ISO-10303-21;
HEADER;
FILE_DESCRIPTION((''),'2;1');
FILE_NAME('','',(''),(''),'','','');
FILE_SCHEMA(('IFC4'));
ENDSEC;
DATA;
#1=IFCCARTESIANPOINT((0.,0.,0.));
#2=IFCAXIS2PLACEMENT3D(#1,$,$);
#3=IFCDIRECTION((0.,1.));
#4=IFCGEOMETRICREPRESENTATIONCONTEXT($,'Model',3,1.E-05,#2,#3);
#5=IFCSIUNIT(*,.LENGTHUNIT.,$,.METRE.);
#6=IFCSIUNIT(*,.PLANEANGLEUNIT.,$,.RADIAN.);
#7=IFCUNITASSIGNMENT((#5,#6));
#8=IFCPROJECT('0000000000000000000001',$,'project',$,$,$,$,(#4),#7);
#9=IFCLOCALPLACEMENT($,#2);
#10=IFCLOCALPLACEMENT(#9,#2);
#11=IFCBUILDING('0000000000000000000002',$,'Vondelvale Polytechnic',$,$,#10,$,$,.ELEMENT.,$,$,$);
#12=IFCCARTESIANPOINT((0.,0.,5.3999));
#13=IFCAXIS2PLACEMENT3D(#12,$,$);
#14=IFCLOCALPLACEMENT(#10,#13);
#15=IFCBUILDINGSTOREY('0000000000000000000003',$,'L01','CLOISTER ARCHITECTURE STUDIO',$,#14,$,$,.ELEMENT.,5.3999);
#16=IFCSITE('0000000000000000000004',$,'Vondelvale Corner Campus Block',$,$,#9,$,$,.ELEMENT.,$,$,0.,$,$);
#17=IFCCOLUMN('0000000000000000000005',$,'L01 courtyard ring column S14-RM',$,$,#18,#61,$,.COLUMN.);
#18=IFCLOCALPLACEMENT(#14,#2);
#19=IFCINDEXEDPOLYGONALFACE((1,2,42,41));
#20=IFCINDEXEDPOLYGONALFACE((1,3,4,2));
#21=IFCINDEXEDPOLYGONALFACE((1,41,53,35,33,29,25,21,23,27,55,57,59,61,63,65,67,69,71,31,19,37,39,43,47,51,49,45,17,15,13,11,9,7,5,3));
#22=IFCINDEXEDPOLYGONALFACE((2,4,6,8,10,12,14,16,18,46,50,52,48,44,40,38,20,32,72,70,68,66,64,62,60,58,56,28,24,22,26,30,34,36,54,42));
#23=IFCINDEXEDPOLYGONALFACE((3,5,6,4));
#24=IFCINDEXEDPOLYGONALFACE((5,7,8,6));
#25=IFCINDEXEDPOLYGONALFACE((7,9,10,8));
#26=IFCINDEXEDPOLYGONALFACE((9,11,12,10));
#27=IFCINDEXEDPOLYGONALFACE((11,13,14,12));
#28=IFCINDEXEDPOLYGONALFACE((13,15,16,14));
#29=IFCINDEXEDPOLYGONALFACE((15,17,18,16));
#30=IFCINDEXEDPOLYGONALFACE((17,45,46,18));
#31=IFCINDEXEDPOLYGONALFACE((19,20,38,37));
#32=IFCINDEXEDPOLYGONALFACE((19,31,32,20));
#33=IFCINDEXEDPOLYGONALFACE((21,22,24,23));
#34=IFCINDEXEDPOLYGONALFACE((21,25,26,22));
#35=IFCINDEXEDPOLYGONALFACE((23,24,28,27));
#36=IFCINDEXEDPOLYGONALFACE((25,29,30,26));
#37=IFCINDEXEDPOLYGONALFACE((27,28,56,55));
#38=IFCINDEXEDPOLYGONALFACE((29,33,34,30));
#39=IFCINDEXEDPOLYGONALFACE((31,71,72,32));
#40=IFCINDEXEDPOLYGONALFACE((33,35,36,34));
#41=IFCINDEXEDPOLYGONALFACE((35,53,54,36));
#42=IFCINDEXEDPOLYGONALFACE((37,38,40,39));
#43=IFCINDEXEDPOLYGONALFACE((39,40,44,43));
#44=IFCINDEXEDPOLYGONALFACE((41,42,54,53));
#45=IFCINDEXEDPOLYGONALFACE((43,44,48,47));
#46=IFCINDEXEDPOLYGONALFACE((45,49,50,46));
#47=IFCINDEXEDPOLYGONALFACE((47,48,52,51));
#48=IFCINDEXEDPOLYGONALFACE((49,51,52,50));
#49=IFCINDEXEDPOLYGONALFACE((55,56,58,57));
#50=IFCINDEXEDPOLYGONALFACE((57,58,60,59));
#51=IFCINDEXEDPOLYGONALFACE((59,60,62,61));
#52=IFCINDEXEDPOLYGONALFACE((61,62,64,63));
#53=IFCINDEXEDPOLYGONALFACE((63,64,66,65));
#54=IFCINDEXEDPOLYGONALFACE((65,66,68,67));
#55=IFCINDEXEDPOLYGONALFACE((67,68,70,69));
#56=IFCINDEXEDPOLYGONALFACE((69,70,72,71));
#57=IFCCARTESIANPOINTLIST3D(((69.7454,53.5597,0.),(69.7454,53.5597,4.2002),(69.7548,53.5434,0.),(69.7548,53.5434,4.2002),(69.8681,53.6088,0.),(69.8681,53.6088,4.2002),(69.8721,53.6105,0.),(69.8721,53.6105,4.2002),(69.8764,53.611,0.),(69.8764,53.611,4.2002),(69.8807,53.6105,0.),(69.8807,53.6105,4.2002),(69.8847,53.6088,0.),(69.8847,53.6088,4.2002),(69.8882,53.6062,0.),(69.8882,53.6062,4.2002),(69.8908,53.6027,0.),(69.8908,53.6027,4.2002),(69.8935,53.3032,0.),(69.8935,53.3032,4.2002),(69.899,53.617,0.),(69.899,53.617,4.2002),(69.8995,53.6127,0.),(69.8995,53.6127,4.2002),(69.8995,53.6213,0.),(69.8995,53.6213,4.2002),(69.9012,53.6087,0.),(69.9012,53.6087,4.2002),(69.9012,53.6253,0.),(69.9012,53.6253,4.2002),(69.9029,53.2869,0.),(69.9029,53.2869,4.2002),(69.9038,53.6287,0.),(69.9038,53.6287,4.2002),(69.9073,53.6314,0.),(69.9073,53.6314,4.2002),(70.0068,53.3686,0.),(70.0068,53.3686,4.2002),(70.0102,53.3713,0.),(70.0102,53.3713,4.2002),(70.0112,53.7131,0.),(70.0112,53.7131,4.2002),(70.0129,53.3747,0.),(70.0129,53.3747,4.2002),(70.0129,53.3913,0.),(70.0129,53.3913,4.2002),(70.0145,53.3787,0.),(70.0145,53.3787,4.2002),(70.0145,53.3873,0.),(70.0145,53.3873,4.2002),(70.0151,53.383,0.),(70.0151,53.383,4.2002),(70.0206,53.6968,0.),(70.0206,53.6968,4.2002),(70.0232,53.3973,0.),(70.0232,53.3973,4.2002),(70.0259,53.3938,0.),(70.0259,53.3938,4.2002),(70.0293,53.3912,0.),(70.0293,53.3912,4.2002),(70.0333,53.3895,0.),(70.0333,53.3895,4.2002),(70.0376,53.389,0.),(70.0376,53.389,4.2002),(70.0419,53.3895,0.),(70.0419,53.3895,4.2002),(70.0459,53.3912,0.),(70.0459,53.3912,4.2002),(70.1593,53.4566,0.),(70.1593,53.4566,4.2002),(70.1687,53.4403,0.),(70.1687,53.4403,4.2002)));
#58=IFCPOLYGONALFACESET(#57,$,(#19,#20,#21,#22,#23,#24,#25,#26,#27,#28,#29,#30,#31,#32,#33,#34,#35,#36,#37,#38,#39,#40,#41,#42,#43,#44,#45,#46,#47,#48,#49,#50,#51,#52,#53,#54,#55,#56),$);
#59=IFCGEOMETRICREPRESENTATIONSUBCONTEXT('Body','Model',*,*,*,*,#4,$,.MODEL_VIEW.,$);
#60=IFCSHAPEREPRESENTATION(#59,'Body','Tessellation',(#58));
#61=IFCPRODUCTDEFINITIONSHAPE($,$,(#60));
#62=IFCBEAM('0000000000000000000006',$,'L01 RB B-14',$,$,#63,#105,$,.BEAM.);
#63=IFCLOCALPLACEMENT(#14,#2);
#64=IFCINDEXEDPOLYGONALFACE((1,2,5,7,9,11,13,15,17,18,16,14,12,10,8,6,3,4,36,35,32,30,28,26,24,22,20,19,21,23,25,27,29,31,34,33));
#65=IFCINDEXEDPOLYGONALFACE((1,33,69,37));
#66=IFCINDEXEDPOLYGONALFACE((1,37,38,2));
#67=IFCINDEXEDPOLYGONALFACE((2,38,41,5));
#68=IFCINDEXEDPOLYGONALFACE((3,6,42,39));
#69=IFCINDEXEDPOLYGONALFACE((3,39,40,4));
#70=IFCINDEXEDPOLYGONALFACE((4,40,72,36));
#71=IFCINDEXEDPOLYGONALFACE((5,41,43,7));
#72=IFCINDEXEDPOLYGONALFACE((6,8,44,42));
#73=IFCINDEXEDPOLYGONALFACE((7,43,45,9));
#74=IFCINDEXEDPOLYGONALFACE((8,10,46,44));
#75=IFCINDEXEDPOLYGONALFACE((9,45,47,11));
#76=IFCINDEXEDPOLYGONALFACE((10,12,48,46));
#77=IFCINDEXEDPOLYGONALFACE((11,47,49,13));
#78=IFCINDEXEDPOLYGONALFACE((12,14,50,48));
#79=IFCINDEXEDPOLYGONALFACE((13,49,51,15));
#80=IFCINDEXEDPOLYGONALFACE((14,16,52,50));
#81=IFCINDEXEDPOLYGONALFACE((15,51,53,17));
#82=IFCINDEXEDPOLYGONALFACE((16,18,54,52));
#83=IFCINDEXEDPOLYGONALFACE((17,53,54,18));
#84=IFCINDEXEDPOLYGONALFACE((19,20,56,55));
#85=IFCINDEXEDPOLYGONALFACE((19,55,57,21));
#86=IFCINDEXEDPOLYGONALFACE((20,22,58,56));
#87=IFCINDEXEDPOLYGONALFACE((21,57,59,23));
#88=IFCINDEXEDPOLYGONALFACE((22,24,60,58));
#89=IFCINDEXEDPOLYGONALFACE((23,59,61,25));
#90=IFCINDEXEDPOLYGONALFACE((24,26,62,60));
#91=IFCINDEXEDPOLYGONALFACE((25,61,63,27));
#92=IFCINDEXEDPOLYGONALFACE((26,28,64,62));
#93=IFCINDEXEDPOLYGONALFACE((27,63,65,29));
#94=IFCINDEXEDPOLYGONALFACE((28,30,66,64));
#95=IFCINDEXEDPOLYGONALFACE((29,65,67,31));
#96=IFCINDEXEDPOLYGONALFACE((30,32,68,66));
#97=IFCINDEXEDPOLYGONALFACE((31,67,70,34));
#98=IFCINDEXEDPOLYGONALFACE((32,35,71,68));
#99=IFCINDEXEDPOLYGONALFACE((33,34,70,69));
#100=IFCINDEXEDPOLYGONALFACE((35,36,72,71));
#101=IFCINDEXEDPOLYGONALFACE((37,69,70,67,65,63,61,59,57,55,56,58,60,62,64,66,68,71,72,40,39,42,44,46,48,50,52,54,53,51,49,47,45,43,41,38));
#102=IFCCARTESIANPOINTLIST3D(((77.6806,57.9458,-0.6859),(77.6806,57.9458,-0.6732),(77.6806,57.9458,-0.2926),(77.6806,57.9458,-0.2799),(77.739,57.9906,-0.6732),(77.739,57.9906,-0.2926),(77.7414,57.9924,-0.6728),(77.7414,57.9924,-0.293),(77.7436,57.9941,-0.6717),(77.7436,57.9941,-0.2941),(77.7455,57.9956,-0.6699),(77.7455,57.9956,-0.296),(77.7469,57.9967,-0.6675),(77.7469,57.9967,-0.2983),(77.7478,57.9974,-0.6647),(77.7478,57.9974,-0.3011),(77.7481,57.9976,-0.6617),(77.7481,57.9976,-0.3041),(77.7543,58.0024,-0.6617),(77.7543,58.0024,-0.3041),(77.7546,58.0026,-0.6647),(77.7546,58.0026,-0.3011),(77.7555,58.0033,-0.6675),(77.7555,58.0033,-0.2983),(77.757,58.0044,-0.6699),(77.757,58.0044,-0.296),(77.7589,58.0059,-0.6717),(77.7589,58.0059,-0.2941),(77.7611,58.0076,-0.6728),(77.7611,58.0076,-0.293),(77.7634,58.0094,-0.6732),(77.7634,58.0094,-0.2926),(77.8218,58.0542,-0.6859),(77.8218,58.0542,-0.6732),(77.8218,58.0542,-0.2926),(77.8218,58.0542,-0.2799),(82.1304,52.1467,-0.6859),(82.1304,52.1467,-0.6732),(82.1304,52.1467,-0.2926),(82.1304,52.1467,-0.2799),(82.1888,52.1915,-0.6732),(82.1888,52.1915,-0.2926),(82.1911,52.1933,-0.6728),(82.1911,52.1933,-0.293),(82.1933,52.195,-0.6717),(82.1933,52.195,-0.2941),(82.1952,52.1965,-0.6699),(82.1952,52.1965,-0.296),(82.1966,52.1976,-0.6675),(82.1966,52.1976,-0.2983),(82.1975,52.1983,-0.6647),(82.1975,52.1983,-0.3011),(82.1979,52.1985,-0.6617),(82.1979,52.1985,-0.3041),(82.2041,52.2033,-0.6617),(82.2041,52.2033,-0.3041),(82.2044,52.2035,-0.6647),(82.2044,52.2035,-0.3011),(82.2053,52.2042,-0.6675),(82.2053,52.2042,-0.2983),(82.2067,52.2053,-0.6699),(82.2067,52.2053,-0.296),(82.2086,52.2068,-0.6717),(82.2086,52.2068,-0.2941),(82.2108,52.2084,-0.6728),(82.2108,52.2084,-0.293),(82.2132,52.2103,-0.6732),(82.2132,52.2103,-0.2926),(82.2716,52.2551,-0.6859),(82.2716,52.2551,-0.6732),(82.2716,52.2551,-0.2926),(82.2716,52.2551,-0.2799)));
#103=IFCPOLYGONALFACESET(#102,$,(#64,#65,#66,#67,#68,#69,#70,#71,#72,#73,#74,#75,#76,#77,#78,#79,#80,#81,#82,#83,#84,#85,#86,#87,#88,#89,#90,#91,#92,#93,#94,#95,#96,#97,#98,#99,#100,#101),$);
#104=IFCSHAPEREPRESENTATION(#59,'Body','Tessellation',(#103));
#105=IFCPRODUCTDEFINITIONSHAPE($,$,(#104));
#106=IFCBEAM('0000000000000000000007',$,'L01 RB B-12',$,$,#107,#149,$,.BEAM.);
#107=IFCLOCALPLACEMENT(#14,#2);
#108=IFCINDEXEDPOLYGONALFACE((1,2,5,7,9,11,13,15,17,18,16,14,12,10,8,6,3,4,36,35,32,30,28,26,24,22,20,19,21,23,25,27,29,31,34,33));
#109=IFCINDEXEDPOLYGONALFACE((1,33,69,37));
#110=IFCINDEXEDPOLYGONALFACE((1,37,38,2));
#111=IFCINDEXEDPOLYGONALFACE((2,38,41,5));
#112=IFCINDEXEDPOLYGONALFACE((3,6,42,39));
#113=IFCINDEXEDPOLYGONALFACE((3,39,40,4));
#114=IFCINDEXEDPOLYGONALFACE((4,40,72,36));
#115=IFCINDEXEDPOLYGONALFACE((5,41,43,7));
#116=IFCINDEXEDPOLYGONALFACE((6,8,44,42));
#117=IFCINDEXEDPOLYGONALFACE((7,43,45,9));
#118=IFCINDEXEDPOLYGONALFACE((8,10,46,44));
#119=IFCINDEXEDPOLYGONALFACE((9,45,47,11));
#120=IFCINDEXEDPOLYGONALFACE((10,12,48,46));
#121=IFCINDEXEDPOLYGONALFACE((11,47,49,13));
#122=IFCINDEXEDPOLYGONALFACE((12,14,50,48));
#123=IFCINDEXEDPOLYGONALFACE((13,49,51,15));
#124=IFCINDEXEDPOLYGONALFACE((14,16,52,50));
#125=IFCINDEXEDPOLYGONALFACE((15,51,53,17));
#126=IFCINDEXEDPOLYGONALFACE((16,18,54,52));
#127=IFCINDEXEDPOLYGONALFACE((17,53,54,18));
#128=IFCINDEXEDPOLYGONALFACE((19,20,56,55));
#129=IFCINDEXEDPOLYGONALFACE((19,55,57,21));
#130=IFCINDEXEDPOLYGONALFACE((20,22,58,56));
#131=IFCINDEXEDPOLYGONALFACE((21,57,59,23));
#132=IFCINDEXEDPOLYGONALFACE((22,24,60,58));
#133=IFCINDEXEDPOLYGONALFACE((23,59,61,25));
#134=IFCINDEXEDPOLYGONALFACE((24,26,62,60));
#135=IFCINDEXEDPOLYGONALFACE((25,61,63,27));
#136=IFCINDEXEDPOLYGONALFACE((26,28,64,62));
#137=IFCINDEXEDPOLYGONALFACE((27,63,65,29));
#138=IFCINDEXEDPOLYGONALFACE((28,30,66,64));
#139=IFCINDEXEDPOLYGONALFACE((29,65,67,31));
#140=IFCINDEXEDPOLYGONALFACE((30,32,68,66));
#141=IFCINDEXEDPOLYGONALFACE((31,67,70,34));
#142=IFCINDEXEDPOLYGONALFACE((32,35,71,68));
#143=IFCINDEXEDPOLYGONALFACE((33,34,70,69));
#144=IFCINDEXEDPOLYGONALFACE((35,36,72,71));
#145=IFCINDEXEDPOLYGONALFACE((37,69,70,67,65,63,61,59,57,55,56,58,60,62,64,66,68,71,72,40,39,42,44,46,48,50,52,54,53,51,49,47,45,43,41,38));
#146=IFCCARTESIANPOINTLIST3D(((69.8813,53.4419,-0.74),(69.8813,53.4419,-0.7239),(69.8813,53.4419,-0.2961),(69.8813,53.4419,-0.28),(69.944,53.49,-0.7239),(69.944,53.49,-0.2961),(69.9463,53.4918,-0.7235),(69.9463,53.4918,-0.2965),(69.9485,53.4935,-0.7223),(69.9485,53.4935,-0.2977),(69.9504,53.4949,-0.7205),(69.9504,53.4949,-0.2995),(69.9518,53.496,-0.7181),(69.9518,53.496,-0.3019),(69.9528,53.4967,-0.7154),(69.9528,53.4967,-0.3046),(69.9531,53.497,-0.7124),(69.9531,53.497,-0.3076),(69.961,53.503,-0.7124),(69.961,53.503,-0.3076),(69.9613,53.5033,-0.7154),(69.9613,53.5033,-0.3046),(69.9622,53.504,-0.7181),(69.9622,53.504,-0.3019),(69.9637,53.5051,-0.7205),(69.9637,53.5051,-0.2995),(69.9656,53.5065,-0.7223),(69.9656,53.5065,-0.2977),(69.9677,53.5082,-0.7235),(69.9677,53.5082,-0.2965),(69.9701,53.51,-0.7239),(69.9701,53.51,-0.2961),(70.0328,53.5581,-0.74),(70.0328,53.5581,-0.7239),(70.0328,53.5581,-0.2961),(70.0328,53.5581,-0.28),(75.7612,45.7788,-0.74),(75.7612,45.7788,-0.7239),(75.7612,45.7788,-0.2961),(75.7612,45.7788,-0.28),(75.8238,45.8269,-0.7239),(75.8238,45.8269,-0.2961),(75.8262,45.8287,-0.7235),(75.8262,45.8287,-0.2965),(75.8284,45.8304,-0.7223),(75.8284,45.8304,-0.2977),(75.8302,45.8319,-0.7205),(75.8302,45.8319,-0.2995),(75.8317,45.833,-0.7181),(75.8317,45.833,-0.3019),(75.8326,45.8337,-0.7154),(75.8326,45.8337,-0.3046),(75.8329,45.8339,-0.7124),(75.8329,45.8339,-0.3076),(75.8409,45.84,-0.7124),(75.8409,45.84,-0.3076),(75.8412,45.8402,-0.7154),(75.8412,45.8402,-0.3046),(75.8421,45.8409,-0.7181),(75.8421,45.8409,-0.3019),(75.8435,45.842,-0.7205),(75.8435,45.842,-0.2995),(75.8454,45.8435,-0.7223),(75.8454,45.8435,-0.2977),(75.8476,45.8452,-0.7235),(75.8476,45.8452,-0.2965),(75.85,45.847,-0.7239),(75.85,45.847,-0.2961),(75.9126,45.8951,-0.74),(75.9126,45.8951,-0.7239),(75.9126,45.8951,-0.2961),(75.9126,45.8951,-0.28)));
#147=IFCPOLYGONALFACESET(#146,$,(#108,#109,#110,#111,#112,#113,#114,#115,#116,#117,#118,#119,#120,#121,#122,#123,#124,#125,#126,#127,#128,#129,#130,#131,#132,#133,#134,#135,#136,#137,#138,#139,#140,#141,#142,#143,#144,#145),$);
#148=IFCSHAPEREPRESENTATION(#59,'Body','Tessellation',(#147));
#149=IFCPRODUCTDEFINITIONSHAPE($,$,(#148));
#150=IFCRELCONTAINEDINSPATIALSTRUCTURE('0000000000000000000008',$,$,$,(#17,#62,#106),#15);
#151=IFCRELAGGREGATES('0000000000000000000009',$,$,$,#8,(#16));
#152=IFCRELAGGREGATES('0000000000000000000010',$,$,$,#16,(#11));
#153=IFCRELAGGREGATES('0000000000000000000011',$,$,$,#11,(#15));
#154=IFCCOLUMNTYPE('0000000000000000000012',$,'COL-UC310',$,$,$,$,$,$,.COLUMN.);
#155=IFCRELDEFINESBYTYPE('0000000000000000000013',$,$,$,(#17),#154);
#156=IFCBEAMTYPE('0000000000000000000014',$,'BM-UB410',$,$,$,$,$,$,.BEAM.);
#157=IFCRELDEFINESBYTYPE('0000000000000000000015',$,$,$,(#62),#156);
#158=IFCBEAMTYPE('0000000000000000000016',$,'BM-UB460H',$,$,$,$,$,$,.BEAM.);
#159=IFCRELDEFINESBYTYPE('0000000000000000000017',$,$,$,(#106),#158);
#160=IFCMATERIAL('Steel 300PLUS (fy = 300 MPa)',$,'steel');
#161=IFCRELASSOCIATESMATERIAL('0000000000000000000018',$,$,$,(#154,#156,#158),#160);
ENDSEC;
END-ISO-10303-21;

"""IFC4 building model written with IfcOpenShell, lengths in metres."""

from ifc_helpers import new_model, si_unit, direction, frame, origin, origin_2d, place, context, subcontext, project, spatial, i_section, extrude, material, material_profile, profile_set, type_object, element, save


model = new_model("IFC4")

# Units and contexts
model_context = context("Model", 3, precision=1e-05, world=origin(), true_north=direction((0.0, 1.0)))
body_context = subcontext(model_context, "Body", "Model", "MODEL_VIEW")
ifc_project = project(units=[si_unit("LENGTHUNIT", "METRE"), si_unit("PLANEANGLEUNIT", "RADIAN")], contexts=[model_context])

# Site, building, storey
site_placement = place(None, origin())
site = spatial("IfcSite", under=ifc_project, at=site_placement, Name="Vondelvale Corner Campus Block", CompositionType="ELEMENT", RefElevation=0.0)
building_placement = place(site_placement, origin())
building = spatial("IfcBuilding", under=site, at=building_placement, Name="Vondelvale Polytechnic", CompositionType="ELEMENT")
storey_placement = place(building_placement, frame((0.0, 0.0, 5.3999)))
storey = spatial("IfcBuildingStorey", under=building, at=storey_placement, Name="L01", Description="CLOISTER ARCHITECTURE STUDIO", CompositionType="ELEMENT", Elevation=5.3999)

# Column
ifc_material_1 = material(Name="Steel 300PLUS (fy = 300 MPa)", Category="steel")
ifc_material_profile_1 = material_profile(ifc_material_1, i_section(OverallWidth=0.3069, OverallDepth=0.3149, WebThickness=0.012, FlangeThickness=0.0188, FilletRadius=0.0166, at=origin_2d()), Name="310UC118")
ifc_profile_set_1 = profile_set([ifc_material_profile_1], Name="Steel 300PLUS (fy = 300 MPa)")
column_type_1 = type_object("IfcColumnType", Name="COL-UC310", PredefinedType="COLUMN", material=ifc_profile_set_1)
column_1_placement = place(storey_placement, frame((69.957, 53.5, 0.0), z_axis=(0.0, 0.0, 1.0), x_axis=(0.866025, 0.5, 0.0)))
element("IfcColumn", 1, at=column_1_placement, inside=storey, type_object=column_type_1, Name="L01 courtyard ring column S14-RM", PredefinedType="COLUMN", context=body_context, shape_type="SweptSolid", body=[
    extrude(i_section(OverallWidth=0.3069, OverallDepth=0.3149, WebThickness=0.012, FlangeThickness=0.0188, FilletRadius=0.0166, at=origin_2d()), origin(), (0.0, 0.0, 1.0), 4.2002),
])

# Beams
ifc_material_profile_2 = material_profile(ifc_material_1, i_section(OverallWidth=0.178, OverallDepth=0.406, WebThickness=0.0078, FlangeThickness=0.0127, FilletRadius=0.0115, at=origin_2d()), Name="410UB59.7")
ifc_profile_set_2 = profile_set([ifc_material_profile_2], Name="Steel 300PLUS (fy = 300 MPa)")
beam_type_1 = type_object("IfcBeamType", Name="BM-UB410", PredefinedType="BEAM", material=ifc_profile_set_2)
beam_1_placement = place(storey_placement, frame((77.7512, 58.0, -0.4829), z_axis=(0.608755, -0.793358, 0.0), x_axis=(0.793358, 0.608755, 0.0)))
element("IfcBeam", 2, at=beam_1_placement, inside=storey, type_object=beam_type_1, Name="L01 RB B-14", PredefinedType="BEAM", context=body_context, shape_type="SweptSolid", body=[
    extrude(i_section(OverallWidth=0.178, OverallDepth=0.406, WebThickness=0.0078, FlangeThickness=0.0127, FilletRadius=0.0115, at=origin_2d()), origin(), (0.0, 0.0, 1.0), 7.3096),
])
ifc_material_profile_3 = material_profile(ifc_material_1, i_section(OverallWidth=0.1909, OverallDepth=0.46, WebThickness=0.01, FlangeThickness=0.0161, FilletRadius=0.0115, at=origin_2d()), Name="460UB82.1")
ifc_profile_set_3 = profile_set([ifc_material_profile_3], Name="Steel 300PLUS (fy = 300 MPa)")
beam_type_2 = type_object("IfcBeamType", Name="BM-UB460H", PredefinedType="BEAM", material=ifc_profile_set_3)
beam_2_placement = place(storey_placement, frame((69.957, 53.5, -0.51), z_axis=(0.608748, -0.793364, 0.0), x_axis=(0.793364, 0.608748, 0.0)))
element("IfcBeam", 3, at=beam_2_placement, inside=storey, type_object=beam_type_2, Name="L01 RB B-12", PredefinedType="BEAM", context=body_context, shape_type="SweptSolid", body=[
    extrude(i_section(OverallWidth=0.1909, OverallDepth=0.46, WebThickness=0.01, FlangeThickness=0.0161, FilletRadius=0.0115, at=origin_2d()), origin(), (0.0, 0.0, 1.0), 9.6589),
])

save(model, "model.ifc")
